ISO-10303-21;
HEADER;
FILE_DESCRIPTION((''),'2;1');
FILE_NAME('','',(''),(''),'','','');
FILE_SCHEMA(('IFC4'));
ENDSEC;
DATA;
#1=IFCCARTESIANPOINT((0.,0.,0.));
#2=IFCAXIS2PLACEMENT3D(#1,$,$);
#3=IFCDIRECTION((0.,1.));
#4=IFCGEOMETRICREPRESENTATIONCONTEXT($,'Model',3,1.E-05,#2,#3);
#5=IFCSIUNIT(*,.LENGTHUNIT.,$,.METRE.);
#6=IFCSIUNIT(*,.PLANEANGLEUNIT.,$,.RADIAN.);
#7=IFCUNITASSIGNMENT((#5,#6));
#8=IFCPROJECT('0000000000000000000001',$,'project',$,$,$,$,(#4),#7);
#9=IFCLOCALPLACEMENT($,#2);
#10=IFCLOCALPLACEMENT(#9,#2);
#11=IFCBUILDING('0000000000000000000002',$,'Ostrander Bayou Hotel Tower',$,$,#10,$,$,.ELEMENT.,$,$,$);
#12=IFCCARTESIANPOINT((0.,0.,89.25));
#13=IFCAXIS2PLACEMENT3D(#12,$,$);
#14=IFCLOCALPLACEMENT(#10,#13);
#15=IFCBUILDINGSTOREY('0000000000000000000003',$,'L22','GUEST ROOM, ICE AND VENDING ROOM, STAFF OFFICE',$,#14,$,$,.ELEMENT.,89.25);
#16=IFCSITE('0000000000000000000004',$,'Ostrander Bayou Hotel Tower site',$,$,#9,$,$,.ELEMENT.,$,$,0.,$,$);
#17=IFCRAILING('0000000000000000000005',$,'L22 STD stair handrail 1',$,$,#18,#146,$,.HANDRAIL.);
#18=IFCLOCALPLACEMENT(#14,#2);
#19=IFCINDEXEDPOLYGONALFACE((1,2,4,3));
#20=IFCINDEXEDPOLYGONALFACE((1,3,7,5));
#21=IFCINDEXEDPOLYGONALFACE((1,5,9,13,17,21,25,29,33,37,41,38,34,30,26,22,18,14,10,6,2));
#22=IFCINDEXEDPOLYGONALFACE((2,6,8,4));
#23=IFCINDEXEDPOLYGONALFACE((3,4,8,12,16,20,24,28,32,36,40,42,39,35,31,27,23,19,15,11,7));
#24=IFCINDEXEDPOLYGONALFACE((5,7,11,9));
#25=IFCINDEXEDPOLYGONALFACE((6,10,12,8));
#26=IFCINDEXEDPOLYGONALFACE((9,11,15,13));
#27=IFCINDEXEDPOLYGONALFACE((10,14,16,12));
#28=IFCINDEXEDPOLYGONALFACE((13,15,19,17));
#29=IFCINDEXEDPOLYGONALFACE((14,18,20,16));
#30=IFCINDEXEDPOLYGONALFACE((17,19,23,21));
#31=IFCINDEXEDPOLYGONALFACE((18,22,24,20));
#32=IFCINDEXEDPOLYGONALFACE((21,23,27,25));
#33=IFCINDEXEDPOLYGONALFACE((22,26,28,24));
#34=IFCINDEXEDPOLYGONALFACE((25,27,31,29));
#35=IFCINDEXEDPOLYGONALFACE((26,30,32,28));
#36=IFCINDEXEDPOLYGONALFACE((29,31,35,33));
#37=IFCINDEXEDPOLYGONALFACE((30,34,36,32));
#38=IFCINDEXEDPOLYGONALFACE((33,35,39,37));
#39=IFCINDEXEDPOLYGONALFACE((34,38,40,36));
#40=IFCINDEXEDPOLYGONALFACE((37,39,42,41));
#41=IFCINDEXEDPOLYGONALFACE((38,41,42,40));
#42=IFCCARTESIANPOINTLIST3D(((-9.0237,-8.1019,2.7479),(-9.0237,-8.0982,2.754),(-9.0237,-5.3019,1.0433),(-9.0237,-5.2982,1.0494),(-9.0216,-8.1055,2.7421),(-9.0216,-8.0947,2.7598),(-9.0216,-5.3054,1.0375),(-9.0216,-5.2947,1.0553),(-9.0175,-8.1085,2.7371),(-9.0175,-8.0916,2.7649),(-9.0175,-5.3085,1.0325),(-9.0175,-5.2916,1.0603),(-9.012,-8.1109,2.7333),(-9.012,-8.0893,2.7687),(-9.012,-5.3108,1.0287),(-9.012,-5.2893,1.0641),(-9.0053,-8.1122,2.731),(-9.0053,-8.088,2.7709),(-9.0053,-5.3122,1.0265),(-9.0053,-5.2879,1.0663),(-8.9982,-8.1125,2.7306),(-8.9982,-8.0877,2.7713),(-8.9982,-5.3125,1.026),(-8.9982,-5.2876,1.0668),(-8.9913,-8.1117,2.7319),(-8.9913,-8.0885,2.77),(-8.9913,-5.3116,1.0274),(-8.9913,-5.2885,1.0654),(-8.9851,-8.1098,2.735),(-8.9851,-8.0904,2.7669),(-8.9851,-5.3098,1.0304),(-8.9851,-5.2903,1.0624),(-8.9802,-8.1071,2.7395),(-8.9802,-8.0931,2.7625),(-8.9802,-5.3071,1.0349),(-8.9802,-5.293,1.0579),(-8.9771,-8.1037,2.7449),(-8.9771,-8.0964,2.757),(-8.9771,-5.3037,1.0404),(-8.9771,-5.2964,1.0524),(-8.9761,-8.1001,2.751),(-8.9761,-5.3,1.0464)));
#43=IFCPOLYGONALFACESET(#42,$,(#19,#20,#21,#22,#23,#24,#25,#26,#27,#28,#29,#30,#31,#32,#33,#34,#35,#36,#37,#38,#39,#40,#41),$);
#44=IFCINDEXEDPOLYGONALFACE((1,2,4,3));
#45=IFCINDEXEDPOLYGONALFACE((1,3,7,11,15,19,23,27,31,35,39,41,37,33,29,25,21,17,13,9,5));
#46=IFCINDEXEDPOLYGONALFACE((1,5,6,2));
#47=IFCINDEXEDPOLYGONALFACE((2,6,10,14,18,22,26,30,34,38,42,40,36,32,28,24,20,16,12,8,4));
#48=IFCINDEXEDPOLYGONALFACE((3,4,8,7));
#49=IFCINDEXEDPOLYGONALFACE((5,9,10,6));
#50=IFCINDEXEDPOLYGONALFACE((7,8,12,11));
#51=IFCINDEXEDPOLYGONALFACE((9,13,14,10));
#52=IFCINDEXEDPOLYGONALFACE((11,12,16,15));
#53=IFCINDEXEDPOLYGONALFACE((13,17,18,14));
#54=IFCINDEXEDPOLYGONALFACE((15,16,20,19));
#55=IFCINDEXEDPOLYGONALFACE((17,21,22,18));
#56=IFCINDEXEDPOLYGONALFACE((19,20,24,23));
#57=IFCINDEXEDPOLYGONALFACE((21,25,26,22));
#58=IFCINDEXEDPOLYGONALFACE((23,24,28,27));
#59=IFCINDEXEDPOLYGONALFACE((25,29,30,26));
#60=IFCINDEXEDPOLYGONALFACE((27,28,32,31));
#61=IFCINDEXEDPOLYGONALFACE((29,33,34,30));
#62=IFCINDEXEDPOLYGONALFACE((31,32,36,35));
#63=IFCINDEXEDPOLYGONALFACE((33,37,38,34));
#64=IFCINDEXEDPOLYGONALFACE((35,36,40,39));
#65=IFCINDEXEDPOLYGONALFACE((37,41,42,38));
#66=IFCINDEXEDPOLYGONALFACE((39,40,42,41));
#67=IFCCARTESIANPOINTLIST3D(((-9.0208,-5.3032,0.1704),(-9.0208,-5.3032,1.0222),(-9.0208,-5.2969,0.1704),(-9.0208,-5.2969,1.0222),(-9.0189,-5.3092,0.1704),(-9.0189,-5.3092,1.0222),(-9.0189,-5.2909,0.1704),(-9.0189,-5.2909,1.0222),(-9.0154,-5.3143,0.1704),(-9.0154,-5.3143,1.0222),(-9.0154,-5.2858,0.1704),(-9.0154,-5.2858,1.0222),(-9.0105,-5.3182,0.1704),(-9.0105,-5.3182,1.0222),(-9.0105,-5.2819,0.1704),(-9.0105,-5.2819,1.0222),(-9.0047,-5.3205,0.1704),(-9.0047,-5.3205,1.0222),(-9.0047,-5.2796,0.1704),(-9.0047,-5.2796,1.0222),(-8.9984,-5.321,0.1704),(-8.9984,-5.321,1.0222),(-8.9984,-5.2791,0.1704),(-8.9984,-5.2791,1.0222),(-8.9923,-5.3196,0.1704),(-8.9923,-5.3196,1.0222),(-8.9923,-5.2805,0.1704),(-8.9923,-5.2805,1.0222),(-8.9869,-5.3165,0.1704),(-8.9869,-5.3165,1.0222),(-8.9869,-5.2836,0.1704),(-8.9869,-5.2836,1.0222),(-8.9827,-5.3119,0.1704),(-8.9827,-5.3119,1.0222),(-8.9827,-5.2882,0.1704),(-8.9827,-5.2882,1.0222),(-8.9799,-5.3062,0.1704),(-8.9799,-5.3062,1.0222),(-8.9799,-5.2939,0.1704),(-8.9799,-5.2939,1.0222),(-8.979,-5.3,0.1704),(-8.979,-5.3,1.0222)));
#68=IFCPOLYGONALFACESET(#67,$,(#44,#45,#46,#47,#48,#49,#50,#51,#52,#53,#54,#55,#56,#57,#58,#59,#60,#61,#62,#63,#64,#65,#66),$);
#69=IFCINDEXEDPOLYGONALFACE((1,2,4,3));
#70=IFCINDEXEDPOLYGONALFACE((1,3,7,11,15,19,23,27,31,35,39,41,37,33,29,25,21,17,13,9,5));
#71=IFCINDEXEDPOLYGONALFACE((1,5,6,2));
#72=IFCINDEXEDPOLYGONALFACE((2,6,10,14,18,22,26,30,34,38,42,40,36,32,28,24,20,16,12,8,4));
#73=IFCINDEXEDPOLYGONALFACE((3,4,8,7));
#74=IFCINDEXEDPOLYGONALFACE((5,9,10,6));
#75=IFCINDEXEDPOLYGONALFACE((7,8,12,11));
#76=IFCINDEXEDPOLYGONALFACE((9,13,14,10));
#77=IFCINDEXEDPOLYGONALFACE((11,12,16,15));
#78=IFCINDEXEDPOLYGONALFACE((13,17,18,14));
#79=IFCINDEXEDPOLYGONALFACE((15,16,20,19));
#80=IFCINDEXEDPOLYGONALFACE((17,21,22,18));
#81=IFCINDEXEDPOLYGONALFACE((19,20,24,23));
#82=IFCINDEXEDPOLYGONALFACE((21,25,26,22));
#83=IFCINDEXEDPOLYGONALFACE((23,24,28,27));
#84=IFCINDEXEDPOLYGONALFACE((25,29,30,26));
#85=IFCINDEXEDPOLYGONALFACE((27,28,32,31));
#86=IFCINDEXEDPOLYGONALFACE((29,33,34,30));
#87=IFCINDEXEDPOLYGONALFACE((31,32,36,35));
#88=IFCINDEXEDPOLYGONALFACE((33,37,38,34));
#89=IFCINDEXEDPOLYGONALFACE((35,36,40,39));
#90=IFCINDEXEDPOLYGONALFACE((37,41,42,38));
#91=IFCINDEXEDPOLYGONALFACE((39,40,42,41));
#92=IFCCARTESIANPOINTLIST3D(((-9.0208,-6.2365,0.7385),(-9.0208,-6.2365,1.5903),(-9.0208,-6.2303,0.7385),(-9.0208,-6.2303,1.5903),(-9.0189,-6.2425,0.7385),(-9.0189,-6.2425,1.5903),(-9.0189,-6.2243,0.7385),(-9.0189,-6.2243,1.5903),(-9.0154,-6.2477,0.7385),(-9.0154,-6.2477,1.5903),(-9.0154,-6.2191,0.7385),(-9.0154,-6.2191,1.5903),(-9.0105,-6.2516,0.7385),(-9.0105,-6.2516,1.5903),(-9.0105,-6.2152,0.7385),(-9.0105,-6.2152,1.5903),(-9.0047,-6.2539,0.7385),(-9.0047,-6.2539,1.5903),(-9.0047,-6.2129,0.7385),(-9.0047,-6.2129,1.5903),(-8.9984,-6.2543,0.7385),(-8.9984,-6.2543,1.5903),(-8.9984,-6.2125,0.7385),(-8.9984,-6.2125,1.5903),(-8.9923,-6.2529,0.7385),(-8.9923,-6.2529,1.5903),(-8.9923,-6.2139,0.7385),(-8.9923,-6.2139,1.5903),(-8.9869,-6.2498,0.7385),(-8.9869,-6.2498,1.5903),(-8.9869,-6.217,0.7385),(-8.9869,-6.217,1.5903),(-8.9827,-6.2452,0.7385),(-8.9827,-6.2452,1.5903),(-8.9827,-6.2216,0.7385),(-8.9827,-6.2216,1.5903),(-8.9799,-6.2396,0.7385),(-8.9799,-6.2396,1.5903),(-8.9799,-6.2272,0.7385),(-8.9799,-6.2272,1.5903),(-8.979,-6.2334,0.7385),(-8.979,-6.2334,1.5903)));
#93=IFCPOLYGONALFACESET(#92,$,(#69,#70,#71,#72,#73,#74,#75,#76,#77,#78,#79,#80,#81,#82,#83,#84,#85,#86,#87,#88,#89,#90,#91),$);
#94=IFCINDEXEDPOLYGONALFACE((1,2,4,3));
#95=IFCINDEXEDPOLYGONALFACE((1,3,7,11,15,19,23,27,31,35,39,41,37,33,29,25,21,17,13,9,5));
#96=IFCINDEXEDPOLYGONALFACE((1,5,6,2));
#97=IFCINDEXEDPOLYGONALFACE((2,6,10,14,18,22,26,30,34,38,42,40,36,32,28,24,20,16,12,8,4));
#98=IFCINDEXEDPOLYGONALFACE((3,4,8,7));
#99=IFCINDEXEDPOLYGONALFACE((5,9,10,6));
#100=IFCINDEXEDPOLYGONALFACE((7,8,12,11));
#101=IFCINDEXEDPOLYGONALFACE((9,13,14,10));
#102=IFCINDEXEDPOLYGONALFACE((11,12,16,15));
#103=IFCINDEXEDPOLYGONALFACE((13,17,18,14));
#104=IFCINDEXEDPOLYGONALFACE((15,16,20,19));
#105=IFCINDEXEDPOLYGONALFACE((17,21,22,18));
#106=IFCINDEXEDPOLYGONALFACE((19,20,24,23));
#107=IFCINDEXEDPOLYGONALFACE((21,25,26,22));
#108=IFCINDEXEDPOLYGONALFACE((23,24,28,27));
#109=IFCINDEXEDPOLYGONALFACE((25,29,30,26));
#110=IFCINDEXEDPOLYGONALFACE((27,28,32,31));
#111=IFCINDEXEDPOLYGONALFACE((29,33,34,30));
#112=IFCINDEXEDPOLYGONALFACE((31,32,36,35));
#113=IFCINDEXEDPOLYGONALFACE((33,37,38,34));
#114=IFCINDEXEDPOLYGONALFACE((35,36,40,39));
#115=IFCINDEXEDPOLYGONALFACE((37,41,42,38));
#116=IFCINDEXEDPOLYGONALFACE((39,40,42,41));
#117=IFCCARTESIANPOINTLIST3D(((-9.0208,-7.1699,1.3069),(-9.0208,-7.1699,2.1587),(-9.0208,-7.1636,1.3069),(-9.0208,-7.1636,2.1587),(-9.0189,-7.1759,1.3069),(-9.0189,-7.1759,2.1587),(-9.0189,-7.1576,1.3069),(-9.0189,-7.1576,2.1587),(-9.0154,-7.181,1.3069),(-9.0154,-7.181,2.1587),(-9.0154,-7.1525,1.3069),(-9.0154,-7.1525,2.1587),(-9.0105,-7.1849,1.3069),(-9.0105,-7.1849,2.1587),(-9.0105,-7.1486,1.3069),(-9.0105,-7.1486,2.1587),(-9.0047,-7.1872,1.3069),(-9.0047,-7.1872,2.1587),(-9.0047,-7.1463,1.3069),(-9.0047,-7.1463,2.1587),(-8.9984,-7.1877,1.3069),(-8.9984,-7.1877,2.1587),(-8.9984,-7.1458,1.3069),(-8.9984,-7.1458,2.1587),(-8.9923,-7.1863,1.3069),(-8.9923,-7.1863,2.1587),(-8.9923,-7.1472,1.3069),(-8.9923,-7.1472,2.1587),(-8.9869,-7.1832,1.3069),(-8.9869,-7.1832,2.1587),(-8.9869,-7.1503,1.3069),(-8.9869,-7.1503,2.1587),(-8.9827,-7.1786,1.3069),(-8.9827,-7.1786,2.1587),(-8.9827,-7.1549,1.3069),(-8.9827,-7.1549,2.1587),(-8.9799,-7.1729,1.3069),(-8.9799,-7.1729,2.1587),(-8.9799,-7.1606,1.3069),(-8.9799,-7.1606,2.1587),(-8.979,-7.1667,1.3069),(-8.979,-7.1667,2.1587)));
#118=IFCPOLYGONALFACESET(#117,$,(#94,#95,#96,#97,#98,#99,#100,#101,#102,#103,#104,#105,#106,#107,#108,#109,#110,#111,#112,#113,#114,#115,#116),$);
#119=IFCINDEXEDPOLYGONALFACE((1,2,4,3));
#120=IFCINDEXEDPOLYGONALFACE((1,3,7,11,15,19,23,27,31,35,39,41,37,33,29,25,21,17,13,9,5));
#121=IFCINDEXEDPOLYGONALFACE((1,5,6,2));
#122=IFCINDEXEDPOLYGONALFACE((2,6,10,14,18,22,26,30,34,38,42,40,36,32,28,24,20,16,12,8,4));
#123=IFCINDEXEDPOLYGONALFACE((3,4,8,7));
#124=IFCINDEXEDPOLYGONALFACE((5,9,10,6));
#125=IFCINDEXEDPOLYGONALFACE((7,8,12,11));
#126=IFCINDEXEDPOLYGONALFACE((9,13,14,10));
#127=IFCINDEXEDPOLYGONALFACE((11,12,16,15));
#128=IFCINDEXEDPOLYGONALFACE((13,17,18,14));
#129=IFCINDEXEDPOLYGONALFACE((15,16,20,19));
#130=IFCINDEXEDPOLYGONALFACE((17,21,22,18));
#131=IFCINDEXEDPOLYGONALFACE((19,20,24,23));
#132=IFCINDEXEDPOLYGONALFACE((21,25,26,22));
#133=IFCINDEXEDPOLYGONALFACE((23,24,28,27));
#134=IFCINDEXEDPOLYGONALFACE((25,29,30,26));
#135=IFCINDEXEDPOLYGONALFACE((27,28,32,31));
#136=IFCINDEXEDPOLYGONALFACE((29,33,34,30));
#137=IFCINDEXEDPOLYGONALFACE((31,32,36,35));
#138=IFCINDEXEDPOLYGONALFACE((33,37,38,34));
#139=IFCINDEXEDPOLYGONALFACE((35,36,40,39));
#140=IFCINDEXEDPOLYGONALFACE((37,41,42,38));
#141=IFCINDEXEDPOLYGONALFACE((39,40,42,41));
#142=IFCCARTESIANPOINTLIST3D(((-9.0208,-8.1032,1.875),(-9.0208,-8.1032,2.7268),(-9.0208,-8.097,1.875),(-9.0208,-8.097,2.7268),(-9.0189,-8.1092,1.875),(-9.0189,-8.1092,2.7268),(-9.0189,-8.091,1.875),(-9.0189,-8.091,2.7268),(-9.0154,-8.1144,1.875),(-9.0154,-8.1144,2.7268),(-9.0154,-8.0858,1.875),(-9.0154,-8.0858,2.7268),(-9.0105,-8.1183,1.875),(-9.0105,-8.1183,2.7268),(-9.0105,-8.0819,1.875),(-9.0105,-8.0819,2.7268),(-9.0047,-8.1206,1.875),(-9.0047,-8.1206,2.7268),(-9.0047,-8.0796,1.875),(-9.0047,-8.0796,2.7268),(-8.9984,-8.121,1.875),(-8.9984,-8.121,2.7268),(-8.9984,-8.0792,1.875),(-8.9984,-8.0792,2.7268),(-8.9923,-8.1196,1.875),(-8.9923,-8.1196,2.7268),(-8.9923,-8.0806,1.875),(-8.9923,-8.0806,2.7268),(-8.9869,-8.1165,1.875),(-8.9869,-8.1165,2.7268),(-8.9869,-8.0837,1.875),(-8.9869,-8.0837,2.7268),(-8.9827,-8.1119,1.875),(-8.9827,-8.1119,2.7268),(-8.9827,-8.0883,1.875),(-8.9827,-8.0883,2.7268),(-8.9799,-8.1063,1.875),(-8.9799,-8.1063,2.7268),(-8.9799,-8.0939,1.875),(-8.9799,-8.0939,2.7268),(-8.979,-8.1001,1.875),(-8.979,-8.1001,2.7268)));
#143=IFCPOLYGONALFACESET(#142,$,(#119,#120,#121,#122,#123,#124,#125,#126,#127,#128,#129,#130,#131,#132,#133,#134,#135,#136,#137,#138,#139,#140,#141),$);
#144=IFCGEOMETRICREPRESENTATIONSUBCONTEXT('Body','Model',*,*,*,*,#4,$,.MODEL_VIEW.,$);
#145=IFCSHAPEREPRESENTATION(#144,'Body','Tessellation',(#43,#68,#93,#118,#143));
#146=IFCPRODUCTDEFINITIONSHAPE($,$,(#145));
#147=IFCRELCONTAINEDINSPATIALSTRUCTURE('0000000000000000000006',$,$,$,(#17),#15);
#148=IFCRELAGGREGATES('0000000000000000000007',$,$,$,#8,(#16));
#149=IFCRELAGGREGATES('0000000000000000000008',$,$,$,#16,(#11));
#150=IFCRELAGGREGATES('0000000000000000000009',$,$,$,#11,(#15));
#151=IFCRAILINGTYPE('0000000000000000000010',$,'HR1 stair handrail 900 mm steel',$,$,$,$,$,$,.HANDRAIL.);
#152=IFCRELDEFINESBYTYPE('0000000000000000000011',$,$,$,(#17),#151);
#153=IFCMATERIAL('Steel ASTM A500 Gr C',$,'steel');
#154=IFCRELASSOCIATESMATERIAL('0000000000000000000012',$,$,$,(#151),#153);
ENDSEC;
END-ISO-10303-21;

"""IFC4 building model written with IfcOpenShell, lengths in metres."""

from ifc_helpers import new_model, si_unit, direction, frame, origin, origin_2d, place, context, subcontext, project, spatial, circle, extrude, material, type_object, element, save


model = new_model("IFC4")

# Units and contexts
model_context = context("Model", 3, precision=1e-05, world=origin(), true_north=direction((0.0, 1.0)))
body_context = subcontext(model_context, "Body", "Model", "MODEL_VIEW")
ifc_project = project(units=[si_unit("LENGTHUNIT", "METRE"), si_unit("PLANEANGLEUNIT", "RADIAN")], contexts=[model_context])

# Site, building, storey
site_placement = place(None, origin())
site = spatial("IfcSite", under=ifc_project, at=site_placement, Name="Ostrander Bayou Hotel Tower site", CompositionType="ELEMENT", RefElevation=0.0)
building_placement = place(site_placement, origin())
building = spatial("IfcBuilding", under=site, at=building_placement, Name="Ostrander Bayou Hotel Tower", CompositionType="ELEMENT")
storey_placement = place(building_placement, frame((0.0, 0.0, 89.25)))
storey = spatial("IfcBuildingStorey", under=building, at=storey_placement, Name="L22", Description="GUEST ROOM, ICE AND VENDING ROOM, STAFF OFFICE", CompositionType="ELEMENT", Elevation=89.25)

# Railing
ifc_material_1 = material(Name="Steel ASTM A500 Gr C", Category="steel")
railing_type_1 = type_object("IfcRailingType", Name="HR1 stair handrail 900 mm steel", PredefinedType="HANDRAIL", material=ifc_material_1)
railing_1_placement = place(storey_placement, frame((-9.0, -5.3, 0.1704)))
element("IfcRailing", 1, at=railing_1_placement, inside=storey, type_object=railing_type_1, Name="L22 STD stair handrail 1", PredefinedType="HANDRAIL", context=body_context, shape_type="SweptSolid", body=[
    extrude(circle(Radius=0.0239, at=origin_2d()), frame((0.0, 0.0, 0.876), z_axis=(0.0, -0.85417, 0.519994), x_axis=(1.0, 0.0, 0.0)), (0.0, 0.0, 1.0), 3.2781),
    extrude(circle(Radius=0.021, at=origin_2d()), origin(), (0.0, 0.0, 1.0), 0.8518),
    extrude(circle(Radius=0.021, at=origin_2d()), frame((0.0, -0.9333, 0.5681)), (0.0, 0.0, 1.0), 0.8518),
    extrude(circle(Radius=0.021, at=origin_2d()), frame((0.0, -1.8667, 1.1365)), (0.0, 0.0, 1.0), 0.8518),
    extrude(circle(Radius=0.021, at=origin_2d()), frame((0.0, -2.8, 1.7046)), (0.0, 0.0, 1.0), 0.8518),
])

save(model, "model.ifc")
